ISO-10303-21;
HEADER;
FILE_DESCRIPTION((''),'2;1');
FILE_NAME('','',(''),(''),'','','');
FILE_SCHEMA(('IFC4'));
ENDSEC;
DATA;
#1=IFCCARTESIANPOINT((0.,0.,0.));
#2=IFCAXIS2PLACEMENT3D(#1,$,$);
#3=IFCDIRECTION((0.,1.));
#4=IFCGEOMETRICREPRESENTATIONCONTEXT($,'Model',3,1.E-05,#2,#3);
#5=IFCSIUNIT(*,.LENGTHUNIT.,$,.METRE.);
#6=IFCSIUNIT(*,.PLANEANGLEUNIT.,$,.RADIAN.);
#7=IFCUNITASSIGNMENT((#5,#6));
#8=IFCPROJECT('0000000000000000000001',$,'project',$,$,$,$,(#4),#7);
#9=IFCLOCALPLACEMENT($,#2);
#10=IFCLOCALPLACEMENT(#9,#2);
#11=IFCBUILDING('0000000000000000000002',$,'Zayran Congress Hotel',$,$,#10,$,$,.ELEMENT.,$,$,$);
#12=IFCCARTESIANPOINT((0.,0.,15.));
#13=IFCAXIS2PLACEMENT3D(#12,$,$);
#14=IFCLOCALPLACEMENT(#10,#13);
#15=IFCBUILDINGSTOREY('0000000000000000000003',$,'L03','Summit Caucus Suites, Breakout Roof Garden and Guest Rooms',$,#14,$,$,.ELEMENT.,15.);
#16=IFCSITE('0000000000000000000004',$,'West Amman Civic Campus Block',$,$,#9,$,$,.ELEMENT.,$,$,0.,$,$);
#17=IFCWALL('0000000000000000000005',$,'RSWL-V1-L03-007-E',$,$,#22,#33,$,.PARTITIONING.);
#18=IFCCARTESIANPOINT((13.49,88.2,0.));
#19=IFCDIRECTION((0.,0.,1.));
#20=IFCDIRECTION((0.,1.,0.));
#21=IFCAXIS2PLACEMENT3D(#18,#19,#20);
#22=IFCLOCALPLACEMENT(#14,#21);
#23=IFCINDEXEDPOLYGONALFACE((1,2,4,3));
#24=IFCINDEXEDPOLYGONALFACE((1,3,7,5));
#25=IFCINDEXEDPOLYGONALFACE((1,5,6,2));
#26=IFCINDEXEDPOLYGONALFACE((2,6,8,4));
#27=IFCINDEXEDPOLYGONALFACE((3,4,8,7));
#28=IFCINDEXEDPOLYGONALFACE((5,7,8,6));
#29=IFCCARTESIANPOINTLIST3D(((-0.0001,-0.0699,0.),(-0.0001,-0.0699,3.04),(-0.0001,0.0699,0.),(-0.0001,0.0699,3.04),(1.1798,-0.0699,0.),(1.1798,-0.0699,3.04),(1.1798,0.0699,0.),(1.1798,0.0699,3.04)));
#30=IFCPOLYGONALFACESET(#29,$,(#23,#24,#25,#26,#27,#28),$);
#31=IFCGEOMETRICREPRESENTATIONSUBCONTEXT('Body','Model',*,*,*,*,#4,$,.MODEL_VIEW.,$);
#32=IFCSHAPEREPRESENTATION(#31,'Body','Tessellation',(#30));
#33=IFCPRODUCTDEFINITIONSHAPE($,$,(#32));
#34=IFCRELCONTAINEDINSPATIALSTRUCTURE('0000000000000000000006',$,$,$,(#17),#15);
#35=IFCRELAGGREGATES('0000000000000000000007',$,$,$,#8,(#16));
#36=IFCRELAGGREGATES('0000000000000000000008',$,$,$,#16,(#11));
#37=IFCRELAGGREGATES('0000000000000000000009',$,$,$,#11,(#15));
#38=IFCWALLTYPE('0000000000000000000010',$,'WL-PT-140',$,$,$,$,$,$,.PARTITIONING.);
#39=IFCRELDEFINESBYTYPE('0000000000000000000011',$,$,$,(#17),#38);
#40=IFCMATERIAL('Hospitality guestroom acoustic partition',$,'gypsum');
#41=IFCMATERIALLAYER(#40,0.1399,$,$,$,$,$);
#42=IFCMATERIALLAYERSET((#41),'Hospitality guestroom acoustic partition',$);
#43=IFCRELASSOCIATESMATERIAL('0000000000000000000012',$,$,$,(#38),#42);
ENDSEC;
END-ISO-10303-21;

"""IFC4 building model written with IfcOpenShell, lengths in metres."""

from ifc_helpers import new_model, si_unit, direction, frame, frame_2d, origin, place, context, subcontext, project, spatial, rectangle, extrude, material, layer, layer_set, type_object, element, save


model = new_model("IFC4")

# Units and contexts
model_context = context("Model", 3, precision=1e-05, world=origin(), true_north=direction((0.0, 1.0)))
body_context = subcontext(model_context, "Body", "Model", "MODEL_VIEW")
ifc_project = project(units=[si_unit("LENGTHUNIT", "METRE"), si_unit("PLANEANGLEUNIT", "RADIAN")], contexts=[model_context])

# Site, building, storey
site_placement = place(None, origin())
site = spatial("IfcSite", under=ifc_project, at=site_placement, Name="West Amman Civic Campus Block", CompositionType="ELEMENT", RefElevation=0.0)
building_placement = place(site_placement, origin())
building = spatial("IfcBuilding", under=site, at=building_placement, Name="Zayran Congress Hotel", CompositionType="ELEMENT")
storey_placement = place(building_placement, frame((0.0, 0.0, 15.0)))
storey = spatial("IfcBuildingStorey", under=building, at=storey_placement, Name="L03", Description="Summit Caucus Suites, Breakout Roof Garden and Guest Rooms", CompositionType="ELEMENT", Elevation=15.0)

# Wall
ifc_material_1 = material(Name="Hospitality guestroom acoustic partition", Category="gypsum")
ifc_layer_1 = layer(ifc_material_1, 0.1399)
ifc_layer_set_1 = layer_set([ifc_layer_1], Name="Hospitality guestroom acoustic partition")
wall_type_1 = type_object("IfcWallType", Name="WL-PT-140", PredefinedType="PARTITIONING", material=ifc_layer_set_1)
for number, where, z_axis, x_axis, name in (
    (1, (13.49, 88.2, 0.0), (0.0, 0.0, 1.0), (0.0, 1.0, 0.0), "RSWL-V1-L03-007-E"),
):
    element("IfcWall", number, at=place(storey_placement, frame(where, z_axis=z_axis, x_axis=x_axis)), inside=storey, type_object=wall_type_1, Name=name, PredefinedType="PARTITIONING", context=body_context, shape_type="SweptSolid", body=[
        extrude(rectangle(XDim=1.1799, YDim=0.1399, at=frame_2d((0.5898, 0.0))), origin(), (0.0, 0.0, 1.0), 3.04),
    ])

save(model, "model.ifc")
